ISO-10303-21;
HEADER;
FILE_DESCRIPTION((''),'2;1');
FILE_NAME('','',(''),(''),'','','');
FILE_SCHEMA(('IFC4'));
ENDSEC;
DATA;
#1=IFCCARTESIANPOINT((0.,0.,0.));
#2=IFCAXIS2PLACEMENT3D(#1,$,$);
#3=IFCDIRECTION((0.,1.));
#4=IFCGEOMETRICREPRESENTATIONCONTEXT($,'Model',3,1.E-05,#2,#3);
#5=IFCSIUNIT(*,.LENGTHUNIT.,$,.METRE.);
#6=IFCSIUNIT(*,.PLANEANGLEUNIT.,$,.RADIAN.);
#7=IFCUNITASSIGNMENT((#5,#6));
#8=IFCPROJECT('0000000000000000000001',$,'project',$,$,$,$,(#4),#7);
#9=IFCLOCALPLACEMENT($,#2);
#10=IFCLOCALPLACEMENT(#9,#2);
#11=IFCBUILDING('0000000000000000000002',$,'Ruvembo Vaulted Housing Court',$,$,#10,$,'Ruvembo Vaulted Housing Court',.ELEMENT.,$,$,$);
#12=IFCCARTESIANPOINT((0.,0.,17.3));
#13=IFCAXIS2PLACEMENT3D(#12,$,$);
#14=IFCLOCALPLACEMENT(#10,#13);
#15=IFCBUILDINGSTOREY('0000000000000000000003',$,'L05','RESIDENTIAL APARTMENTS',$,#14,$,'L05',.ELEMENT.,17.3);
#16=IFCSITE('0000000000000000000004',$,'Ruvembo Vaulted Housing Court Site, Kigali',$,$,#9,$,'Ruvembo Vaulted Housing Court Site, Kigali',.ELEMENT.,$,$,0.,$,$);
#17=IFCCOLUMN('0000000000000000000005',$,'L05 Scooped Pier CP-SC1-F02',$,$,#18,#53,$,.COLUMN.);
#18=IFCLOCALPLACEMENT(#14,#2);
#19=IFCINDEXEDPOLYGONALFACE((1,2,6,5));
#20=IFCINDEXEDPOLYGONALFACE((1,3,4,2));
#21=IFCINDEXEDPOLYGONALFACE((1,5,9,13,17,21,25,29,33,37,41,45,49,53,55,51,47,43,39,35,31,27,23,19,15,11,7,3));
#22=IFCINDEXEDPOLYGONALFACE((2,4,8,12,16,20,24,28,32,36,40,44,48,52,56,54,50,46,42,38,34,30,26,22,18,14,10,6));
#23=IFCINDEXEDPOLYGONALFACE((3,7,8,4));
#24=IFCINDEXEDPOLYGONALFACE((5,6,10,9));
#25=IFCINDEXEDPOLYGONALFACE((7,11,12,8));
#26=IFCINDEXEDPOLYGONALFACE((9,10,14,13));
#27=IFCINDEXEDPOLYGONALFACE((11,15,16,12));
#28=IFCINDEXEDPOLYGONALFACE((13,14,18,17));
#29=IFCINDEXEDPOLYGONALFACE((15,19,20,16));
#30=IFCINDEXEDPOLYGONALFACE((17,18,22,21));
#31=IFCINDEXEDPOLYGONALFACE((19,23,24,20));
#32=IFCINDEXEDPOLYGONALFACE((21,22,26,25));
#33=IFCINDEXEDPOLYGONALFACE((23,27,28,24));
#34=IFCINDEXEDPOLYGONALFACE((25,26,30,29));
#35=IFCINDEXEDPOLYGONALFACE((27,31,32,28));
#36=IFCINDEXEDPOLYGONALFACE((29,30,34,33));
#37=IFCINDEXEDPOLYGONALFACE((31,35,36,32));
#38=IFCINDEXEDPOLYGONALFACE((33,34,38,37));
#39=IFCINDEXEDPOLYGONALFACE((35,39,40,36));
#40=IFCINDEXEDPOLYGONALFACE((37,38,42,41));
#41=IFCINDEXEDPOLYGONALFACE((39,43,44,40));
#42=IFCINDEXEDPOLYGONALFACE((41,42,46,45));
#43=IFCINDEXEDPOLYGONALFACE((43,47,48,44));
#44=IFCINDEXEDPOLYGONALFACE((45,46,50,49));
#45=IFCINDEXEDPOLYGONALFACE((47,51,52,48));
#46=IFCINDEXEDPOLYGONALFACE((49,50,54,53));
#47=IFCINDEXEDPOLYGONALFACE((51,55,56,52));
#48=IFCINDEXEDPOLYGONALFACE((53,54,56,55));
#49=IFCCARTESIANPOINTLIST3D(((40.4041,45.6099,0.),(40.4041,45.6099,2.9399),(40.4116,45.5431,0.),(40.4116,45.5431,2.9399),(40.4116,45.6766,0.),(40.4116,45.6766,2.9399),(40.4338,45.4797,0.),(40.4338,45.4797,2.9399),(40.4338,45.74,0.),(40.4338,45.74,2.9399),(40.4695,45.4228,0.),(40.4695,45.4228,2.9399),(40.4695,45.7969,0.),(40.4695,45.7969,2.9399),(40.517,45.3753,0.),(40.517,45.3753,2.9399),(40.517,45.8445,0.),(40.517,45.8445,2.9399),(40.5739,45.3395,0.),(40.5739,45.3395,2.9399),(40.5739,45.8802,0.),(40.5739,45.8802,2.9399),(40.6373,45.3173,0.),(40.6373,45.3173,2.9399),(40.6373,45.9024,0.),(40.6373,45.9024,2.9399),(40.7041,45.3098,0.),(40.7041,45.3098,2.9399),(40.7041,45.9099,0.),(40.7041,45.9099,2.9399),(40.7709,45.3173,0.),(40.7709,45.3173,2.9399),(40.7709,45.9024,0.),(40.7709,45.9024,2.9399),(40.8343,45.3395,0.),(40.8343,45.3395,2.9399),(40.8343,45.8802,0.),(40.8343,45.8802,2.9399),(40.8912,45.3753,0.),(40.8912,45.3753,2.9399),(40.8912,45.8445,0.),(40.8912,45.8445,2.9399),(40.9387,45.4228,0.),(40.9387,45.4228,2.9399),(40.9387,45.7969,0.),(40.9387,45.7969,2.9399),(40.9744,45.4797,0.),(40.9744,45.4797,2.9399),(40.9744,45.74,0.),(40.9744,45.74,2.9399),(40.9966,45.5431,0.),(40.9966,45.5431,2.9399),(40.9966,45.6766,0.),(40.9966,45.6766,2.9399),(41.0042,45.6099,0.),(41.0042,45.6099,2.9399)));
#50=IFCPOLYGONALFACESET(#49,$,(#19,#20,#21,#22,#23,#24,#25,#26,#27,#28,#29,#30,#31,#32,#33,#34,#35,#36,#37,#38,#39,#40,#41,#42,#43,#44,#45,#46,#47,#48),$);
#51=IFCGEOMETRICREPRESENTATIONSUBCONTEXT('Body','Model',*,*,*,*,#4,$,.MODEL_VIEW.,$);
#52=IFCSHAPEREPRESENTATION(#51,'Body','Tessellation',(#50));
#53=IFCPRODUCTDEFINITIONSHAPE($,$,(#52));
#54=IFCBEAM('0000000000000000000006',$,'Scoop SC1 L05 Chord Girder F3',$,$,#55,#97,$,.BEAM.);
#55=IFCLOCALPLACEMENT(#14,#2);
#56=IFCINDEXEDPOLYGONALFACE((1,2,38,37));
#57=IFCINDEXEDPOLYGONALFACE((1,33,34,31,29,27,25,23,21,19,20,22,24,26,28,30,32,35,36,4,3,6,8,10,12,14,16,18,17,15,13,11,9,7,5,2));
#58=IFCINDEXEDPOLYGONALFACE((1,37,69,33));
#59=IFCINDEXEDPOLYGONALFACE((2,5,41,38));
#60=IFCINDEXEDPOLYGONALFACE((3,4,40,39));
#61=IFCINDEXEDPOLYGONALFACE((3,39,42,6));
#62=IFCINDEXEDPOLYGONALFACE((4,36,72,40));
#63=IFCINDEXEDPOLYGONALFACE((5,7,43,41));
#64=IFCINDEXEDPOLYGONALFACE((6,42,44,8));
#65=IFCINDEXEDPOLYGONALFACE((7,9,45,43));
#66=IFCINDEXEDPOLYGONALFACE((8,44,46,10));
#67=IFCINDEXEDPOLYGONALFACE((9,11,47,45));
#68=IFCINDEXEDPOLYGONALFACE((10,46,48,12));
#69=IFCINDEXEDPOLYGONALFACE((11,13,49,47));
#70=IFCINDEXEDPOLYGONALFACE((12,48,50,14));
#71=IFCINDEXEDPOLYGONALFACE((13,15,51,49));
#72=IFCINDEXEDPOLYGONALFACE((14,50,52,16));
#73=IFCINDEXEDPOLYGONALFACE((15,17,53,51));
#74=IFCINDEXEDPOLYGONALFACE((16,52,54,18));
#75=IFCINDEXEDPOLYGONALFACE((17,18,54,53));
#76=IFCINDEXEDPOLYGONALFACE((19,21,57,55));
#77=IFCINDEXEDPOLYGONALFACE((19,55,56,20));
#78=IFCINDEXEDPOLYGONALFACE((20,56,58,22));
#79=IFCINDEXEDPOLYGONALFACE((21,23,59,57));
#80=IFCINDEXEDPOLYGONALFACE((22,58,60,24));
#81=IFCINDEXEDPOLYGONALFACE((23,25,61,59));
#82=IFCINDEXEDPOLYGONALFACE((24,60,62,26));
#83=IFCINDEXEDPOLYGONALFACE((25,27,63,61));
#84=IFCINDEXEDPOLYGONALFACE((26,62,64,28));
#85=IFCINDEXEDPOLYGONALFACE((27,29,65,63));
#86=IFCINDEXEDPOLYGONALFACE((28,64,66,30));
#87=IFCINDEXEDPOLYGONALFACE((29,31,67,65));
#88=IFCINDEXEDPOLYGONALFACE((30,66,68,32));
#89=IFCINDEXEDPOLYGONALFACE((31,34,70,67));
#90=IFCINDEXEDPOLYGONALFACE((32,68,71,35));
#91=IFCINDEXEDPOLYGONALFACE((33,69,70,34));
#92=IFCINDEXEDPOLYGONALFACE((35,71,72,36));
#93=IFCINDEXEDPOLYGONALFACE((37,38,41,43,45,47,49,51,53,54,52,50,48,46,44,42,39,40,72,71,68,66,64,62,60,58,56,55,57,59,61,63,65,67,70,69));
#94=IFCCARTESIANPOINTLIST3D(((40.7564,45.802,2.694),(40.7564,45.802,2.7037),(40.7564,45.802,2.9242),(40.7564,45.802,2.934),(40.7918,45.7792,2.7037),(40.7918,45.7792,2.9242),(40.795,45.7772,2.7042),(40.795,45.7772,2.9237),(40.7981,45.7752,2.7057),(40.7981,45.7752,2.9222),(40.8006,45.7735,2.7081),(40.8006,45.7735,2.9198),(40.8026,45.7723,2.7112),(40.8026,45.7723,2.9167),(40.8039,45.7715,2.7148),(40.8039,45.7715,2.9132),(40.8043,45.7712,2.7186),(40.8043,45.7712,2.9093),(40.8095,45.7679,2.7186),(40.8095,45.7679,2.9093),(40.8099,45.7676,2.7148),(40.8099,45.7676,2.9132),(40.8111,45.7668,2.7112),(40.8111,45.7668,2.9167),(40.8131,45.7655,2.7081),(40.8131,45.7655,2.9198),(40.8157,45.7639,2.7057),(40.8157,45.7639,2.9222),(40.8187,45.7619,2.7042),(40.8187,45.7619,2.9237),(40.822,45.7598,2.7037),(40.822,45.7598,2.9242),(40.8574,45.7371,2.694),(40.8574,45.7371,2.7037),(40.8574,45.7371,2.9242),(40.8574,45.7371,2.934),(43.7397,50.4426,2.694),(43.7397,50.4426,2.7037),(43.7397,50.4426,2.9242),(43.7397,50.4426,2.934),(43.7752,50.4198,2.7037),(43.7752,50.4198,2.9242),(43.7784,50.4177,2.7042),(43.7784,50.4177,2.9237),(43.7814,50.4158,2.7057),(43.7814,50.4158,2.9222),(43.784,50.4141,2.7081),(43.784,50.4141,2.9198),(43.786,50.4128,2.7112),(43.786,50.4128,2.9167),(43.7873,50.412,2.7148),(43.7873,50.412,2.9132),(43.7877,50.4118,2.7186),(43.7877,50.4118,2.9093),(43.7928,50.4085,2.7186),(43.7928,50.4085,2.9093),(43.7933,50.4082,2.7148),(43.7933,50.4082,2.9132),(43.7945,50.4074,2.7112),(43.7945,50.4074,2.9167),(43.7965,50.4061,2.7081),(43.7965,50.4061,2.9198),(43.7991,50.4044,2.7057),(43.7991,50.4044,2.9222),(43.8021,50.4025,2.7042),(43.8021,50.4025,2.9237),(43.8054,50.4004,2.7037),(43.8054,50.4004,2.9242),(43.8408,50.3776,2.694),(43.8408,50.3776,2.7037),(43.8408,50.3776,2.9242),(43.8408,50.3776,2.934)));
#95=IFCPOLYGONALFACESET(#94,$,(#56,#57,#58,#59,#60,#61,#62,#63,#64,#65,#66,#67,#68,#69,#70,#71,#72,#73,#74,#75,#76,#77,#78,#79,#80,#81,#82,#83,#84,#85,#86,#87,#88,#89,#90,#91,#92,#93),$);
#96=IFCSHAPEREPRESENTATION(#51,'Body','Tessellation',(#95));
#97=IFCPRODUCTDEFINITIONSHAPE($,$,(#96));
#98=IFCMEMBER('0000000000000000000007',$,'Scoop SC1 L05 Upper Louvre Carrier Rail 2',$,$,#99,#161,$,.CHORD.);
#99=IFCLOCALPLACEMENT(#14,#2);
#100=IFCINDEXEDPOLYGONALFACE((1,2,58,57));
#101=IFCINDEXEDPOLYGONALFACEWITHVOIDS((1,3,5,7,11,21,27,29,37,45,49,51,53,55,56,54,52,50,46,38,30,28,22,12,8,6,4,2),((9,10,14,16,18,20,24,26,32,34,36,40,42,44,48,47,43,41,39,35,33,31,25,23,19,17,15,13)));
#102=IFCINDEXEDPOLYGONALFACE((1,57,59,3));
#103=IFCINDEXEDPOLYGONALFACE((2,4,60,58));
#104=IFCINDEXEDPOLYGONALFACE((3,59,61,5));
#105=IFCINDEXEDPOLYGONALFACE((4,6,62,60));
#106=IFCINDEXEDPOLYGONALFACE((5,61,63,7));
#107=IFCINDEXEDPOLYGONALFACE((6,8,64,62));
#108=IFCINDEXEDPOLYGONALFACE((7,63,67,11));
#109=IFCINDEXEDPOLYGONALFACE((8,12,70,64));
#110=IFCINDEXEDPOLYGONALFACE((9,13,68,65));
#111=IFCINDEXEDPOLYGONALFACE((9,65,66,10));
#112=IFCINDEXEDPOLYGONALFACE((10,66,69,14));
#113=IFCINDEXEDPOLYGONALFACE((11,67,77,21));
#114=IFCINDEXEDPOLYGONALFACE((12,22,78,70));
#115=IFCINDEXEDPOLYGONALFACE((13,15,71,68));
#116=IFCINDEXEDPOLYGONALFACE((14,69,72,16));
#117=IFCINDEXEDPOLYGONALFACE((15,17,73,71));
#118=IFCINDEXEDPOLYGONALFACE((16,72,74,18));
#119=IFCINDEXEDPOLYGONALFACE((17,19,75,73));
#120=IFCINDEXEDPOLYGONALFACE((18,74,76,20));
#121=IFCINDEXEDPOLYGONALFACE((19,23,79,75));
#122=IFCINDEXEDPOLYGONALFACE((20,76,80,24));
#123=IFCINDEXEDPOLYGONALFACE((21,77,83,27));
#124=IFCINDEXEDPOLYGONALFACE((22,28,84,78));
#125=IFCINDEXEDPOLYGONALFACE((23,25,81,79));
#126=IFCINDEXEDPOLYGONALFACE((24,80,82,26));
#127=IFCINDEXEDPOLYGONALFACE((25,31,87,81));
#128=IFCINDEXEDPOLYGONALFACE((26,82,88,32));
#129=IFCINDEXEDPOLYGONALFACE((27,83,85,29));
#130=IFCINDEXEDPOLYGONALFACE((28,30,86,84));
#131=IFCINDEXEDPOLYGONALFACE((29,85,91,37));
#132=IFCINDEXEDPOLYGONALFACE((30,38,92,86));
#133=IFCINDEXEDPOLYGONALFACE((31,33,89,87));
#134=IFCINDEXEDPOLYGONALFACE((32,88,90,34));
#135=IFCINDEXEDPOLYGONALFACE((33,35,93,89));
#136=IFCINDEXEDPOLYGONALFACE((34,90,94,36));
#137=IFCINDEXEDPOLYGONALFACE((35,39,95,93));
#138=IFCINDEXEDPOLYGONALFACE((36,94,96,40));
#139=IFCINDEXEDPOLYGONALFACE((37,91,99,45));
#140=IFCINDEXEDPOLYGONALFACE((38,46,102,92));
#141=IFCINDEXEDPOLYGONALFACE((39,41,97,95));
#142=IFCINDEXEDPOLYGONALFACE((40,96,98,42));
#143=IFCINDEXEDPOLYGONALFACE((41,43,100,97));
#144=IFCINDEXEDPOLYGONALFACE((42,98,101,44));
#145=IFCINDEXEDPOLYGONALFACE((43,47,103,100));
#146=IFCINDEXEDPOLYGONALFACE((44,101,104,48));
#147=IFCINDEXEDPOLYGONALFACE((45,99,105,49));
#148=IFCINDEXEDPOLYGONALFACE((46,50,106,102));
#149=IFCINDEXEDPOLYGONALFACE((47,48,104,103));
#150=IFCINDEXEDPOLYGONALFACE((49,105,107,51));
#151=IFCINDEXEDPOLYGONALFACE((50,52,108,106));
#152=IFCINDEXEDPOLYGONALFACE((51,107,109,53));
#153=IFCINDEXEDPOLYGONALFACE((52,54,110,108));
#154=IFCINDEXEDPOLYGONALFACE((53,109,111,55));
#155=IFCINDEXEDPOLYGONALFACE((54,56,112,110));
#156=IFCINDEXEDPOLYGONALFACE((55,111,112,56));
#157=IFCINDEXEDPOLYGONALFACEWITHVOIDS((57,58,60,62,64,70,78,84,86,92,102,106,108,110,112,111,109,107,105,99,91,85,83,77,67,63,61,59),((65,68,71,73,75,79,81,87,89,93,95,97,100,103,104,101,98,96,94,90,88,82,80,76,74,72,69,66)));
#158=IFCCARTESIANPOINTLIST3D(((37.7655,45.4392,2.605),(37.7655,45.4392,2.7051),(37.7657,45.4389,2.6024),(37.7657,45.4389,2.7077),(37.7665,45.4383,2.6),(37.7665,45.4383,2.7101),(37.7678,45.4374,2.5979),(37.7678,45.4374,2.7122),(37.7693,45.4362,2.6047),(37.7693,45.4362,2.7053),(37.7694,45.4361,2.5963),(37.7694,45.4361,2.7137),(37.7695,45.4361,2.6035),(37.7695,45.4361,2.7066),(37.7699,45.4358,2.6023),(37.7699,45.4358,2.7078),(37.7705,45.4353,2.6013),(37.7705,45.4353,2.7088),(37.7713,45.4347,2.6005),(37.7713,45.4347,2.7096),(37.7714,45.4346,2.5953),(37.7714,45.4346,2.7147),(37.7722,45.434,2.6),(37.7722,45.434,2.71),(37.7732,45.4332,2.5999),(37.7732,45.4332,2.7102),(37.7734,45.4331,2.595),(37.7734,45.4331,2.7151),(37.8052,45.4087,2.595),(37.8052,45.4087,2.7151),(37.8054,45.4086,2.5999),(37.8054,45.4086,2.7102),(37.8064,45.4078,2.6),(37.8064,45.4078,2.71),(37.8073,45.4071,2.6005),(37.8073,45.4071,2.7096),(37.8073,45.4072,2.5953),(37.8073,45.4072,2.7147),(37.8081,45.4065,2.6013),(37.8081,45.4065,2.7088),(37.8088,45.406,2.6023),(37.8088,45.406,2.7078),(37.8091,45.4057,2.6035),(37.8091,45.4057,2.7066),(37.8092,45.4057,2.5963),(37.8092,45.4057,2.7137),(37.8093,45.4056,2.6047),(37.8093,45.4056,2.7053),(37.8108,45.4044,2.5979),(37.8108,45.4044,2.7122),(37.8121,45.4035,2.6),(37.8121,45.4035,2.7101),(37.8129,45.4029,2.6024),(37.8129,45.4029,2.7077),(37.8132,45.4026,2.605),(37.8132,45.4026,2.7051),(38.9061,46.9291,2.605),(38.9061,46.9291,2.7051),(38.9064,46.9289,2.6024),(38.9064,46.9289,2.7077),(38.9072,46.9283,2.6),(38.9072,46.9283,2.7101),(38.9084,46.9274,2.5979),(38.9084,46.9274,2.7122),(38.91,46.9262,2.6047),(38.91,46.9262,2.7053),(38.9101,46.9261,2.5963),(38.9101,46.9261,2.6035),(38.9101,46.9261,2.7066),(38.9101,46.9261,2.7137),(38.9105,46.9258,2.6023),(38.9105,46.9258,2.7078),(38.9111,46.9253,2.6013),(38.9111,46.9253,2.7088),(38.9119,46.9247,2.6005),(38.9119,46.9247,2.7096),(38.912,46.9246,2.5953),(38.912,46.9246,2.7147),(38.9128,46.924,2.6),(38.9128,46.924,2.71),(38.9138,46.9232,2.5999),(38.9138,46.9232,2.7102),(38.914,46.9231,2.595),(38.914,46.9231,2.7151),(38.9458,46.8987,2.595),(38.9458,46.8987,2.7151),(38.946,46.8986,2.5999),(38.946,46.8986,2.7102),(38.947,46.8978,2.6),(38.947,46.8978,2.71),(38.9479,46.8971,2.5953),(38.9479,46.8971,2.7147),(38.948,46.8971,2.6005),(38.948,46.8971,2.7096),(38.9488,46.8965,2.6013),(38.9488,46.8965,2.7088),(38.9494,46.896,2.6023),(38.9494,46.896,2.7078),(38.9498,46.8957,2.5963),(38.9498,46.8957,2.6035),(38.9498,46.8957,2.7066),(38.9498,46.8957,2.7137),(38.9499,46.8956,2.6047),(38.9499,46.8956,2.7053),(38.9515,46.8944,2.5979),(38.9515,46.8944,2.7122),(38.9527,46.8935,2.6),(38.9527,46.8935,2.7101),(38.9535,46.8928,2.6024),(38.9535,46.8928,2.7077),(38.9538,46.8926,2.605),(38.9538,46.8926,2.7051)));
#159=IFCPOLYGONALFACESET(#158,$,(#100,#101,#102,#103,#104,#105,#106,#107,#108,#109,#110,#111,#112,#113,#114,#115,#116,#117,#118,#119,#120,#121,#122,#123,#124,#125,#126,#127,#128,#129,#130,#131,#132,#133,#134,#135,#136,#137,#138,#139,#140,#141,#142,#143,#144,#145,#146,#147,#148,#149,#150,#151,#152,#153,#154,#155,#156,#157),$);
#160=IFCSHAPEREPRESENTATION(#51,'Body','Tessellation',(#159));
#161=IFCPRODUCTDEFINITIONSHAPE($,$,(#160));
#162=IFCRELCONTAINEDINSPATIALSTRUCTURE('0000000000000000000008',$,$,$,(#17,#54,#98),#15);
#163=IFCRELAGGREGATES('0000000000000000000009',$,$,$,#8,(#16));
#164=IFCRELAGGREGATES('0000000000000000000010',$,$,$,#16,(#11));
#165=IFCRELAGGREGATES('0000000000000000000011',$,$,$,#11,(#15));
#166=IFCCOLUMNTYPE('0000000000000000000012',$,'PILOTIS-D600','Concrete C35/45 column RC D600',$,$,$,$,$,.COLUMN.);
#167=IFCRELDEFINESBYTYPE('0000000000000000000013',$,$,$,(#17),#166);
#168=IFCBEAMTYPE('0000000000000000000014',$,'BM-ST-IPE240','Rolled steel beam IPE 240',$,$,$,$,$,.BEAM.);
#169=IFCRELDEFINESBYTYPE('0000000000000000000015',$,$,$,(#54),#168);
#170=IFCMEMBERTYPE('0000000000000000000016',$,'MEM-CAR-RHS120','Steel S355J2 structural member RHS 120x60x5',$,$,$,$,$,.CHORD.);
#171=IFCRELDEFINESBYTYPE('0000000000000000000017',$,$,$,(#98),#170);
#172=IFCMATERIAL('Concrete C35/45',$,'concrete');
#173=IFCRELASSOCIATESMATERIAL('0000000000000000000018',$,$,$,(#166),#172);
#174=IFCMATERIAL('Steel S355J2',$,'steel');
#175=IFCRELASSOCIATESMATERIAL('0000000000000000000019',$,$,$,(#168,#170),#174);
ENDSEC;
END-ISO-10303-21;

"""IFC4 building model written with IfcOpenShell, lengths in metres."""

from ifc_helpers import new_model, si_unit, direction, frame, origin, origin_2d, place, context, subcontext, project, spatial, hollow_rectangle, circle, i_section, extrude, material, material_profile, profile_set, type_object, element, save


model = new_model("IFC4")

# Units and contexts
model_context = context("Model", 3, precision=1e-05, world=origin(), true_north=direction((0.0, 1.0)))
body_context = subcontext(model_context, "Body", "Model", "MODEL_VIEW")
ifc_project = project(units=[si_unit("LENGTHUNIT", "METRE"), si_unit("PLANEANGLEUNIT", "RADIAN")], contexts=[model_context])

# Site, building, storey
site_placement = place(None, origin())
site = spatial("IfcSite", under=ifc_project, at=site_placement, Name="Ruvembo Vaulted Housing Court Site, Kigali", LongName="Ruvembo Vaulted Housing Court Site, Kigali", CompositionType="ELEMENT", RefElevation=0.0)
building_placement = place(site_placement, origin())
building = spatial("IfcBuilding", under=site, at=building_placement, Name="Ruvembo Vaulted Housing Court", LongName="Ruvembo Vaulted Housing Court", CompositionType="ELEMENT")
storey_placement = place(building_placement, frame((0.0, 0.0, 17.3)))
storey = spatial("IfcBuildingStorey", under=building, at=storey_placement, Name="L05", Description="RESIDENTIAL APARTMENTS", LongName="L05", CompositionType="ELEMENT", Elevation=17.3)

# Column
ifc_material_1 = material(Name="Concrete C35/45", Category="concrete")
ifc_material_profile_1 = material_profile(ifc_material_1, circle(Radius=0.3, at=origin_2d()), Name="RC D600")
ifc_profile_set_1 = profile_set([ifc_material_profile_1], Name="Concrete C35/45")
column_type = type_object("IfcColumnType", Name="PILOTIS-D600", Description="Concrete C35/45 column RC D600", PredefinedType="COLUMN", material=ifc_profile_set_1)
column_placement = place(storey_placement, frame((40.7041, 45.6099, 0.0), z_axis=(0.0, 0.0, 1.0), x_axis=(1.0, 0.0, 0.0)))
element("IfcColumn", 1, at=column_placement, inside=storey, type_object=column_type, Name="L05 Scooped Pier CP-SC1-F02", PredefinedType="COLUMN", context=body_context, shape_type="SweptSolid", body=[
    extrude(circle(Radius=0.3, at=origin_2d()), origin(), (0.0, 0.0, 1.0), 2.9399),
])

# Beam
ifc_material_2 = material(Name="Steel S355J2", Category="steel")
ifc_material_profile_2 = material_profile(ifc_material_2, i_section(OverallWidth=0.1201, OverallDepth=0.24, WebThickness=0.0061, FlangeThickness=0.0098, FilletRadius=0.0149, at=origin_2d()), Name="IPE 240")
ifc_profile_set_2 = profile_set([ifc_material_profile_2], Name="Steel S355J2")
beam_type = type_object("IfcBeamType", Name="BM-ST-IPE240", Description="Rolled steel beam IPE 240", PredefinedType="BEAM", material=ifc_profile_set_2)
beam_placement = place(storey_placement, frame((40.8069, 45.7695, 2.814), z_axis=(0.540775, 0.841167, 0.0), x_axis=(-0.841167, 0.540775, 0.0)))
element("IfcBeam", 2, at=beam_placement, inside=storey, type_object=beam_type, Name="Scoop SC1 L05 Chord Girder F3", PredefinedType="BEAM", context=body_context, shape_type="SweptSolid", body=[
    extrude(i_section(OverallWidth=0.1201, OverallDepth=0.24, WebThickness=0.0061, FlangeThickness=0.0098, FilletRadius=0.0149, at=origin_2d()), origin(), (0.0, 0.0, 1.0), 5.5168),
])

# Member
ifc_material_profile_3 = material_profile(ifc_material_2, hollow_rectangle(XDim=0.0601, YDim=0.1201, WallThickness=0.0049, InnerFilletRadius=0.0049, OuterFilletRadius=0.01, at=origin_2d()), Name="RHS 120x60x5")
ifc_profile_set_3 = profile_set([ifc_material_profile_3], Name="Steel S355J2")
member_type_1 = type_object("IfcMemberType", Name="MEM-CAR-RHS120", Description="Steel S355J2 structural member RHS 120x60x5", PredefinedType="CHORD", material=ifc_profile_set_3)
member_1_placement = place(storey_placement, frame((37.7893, 45.4209, 2.655), z_axis=(0.607861, 0.794044, 0.0), x_axis=(-0.794044, 0.607861, 0.0)))
element("IfcMember", 3, at=member_1_placement, inside=storey, type_object=member_type_1, Name="Scoop SC1 L05 Upper Louvre Carrier Rail 2", PredefinedType="CHORD", context=body_context, shape_type="SweptSolid", body=[
    extrude(hollow_rectangle(XDim=0.0601, YDim=0.1201, WallThickness=0.0049, InnerFilletRadius=0.0049, OuterFilletRadius=0.01, at=origin_2d()), origin(), (0.0, 0.0, 1.0), 1.8765),
])

save(model, "model.ifc")
